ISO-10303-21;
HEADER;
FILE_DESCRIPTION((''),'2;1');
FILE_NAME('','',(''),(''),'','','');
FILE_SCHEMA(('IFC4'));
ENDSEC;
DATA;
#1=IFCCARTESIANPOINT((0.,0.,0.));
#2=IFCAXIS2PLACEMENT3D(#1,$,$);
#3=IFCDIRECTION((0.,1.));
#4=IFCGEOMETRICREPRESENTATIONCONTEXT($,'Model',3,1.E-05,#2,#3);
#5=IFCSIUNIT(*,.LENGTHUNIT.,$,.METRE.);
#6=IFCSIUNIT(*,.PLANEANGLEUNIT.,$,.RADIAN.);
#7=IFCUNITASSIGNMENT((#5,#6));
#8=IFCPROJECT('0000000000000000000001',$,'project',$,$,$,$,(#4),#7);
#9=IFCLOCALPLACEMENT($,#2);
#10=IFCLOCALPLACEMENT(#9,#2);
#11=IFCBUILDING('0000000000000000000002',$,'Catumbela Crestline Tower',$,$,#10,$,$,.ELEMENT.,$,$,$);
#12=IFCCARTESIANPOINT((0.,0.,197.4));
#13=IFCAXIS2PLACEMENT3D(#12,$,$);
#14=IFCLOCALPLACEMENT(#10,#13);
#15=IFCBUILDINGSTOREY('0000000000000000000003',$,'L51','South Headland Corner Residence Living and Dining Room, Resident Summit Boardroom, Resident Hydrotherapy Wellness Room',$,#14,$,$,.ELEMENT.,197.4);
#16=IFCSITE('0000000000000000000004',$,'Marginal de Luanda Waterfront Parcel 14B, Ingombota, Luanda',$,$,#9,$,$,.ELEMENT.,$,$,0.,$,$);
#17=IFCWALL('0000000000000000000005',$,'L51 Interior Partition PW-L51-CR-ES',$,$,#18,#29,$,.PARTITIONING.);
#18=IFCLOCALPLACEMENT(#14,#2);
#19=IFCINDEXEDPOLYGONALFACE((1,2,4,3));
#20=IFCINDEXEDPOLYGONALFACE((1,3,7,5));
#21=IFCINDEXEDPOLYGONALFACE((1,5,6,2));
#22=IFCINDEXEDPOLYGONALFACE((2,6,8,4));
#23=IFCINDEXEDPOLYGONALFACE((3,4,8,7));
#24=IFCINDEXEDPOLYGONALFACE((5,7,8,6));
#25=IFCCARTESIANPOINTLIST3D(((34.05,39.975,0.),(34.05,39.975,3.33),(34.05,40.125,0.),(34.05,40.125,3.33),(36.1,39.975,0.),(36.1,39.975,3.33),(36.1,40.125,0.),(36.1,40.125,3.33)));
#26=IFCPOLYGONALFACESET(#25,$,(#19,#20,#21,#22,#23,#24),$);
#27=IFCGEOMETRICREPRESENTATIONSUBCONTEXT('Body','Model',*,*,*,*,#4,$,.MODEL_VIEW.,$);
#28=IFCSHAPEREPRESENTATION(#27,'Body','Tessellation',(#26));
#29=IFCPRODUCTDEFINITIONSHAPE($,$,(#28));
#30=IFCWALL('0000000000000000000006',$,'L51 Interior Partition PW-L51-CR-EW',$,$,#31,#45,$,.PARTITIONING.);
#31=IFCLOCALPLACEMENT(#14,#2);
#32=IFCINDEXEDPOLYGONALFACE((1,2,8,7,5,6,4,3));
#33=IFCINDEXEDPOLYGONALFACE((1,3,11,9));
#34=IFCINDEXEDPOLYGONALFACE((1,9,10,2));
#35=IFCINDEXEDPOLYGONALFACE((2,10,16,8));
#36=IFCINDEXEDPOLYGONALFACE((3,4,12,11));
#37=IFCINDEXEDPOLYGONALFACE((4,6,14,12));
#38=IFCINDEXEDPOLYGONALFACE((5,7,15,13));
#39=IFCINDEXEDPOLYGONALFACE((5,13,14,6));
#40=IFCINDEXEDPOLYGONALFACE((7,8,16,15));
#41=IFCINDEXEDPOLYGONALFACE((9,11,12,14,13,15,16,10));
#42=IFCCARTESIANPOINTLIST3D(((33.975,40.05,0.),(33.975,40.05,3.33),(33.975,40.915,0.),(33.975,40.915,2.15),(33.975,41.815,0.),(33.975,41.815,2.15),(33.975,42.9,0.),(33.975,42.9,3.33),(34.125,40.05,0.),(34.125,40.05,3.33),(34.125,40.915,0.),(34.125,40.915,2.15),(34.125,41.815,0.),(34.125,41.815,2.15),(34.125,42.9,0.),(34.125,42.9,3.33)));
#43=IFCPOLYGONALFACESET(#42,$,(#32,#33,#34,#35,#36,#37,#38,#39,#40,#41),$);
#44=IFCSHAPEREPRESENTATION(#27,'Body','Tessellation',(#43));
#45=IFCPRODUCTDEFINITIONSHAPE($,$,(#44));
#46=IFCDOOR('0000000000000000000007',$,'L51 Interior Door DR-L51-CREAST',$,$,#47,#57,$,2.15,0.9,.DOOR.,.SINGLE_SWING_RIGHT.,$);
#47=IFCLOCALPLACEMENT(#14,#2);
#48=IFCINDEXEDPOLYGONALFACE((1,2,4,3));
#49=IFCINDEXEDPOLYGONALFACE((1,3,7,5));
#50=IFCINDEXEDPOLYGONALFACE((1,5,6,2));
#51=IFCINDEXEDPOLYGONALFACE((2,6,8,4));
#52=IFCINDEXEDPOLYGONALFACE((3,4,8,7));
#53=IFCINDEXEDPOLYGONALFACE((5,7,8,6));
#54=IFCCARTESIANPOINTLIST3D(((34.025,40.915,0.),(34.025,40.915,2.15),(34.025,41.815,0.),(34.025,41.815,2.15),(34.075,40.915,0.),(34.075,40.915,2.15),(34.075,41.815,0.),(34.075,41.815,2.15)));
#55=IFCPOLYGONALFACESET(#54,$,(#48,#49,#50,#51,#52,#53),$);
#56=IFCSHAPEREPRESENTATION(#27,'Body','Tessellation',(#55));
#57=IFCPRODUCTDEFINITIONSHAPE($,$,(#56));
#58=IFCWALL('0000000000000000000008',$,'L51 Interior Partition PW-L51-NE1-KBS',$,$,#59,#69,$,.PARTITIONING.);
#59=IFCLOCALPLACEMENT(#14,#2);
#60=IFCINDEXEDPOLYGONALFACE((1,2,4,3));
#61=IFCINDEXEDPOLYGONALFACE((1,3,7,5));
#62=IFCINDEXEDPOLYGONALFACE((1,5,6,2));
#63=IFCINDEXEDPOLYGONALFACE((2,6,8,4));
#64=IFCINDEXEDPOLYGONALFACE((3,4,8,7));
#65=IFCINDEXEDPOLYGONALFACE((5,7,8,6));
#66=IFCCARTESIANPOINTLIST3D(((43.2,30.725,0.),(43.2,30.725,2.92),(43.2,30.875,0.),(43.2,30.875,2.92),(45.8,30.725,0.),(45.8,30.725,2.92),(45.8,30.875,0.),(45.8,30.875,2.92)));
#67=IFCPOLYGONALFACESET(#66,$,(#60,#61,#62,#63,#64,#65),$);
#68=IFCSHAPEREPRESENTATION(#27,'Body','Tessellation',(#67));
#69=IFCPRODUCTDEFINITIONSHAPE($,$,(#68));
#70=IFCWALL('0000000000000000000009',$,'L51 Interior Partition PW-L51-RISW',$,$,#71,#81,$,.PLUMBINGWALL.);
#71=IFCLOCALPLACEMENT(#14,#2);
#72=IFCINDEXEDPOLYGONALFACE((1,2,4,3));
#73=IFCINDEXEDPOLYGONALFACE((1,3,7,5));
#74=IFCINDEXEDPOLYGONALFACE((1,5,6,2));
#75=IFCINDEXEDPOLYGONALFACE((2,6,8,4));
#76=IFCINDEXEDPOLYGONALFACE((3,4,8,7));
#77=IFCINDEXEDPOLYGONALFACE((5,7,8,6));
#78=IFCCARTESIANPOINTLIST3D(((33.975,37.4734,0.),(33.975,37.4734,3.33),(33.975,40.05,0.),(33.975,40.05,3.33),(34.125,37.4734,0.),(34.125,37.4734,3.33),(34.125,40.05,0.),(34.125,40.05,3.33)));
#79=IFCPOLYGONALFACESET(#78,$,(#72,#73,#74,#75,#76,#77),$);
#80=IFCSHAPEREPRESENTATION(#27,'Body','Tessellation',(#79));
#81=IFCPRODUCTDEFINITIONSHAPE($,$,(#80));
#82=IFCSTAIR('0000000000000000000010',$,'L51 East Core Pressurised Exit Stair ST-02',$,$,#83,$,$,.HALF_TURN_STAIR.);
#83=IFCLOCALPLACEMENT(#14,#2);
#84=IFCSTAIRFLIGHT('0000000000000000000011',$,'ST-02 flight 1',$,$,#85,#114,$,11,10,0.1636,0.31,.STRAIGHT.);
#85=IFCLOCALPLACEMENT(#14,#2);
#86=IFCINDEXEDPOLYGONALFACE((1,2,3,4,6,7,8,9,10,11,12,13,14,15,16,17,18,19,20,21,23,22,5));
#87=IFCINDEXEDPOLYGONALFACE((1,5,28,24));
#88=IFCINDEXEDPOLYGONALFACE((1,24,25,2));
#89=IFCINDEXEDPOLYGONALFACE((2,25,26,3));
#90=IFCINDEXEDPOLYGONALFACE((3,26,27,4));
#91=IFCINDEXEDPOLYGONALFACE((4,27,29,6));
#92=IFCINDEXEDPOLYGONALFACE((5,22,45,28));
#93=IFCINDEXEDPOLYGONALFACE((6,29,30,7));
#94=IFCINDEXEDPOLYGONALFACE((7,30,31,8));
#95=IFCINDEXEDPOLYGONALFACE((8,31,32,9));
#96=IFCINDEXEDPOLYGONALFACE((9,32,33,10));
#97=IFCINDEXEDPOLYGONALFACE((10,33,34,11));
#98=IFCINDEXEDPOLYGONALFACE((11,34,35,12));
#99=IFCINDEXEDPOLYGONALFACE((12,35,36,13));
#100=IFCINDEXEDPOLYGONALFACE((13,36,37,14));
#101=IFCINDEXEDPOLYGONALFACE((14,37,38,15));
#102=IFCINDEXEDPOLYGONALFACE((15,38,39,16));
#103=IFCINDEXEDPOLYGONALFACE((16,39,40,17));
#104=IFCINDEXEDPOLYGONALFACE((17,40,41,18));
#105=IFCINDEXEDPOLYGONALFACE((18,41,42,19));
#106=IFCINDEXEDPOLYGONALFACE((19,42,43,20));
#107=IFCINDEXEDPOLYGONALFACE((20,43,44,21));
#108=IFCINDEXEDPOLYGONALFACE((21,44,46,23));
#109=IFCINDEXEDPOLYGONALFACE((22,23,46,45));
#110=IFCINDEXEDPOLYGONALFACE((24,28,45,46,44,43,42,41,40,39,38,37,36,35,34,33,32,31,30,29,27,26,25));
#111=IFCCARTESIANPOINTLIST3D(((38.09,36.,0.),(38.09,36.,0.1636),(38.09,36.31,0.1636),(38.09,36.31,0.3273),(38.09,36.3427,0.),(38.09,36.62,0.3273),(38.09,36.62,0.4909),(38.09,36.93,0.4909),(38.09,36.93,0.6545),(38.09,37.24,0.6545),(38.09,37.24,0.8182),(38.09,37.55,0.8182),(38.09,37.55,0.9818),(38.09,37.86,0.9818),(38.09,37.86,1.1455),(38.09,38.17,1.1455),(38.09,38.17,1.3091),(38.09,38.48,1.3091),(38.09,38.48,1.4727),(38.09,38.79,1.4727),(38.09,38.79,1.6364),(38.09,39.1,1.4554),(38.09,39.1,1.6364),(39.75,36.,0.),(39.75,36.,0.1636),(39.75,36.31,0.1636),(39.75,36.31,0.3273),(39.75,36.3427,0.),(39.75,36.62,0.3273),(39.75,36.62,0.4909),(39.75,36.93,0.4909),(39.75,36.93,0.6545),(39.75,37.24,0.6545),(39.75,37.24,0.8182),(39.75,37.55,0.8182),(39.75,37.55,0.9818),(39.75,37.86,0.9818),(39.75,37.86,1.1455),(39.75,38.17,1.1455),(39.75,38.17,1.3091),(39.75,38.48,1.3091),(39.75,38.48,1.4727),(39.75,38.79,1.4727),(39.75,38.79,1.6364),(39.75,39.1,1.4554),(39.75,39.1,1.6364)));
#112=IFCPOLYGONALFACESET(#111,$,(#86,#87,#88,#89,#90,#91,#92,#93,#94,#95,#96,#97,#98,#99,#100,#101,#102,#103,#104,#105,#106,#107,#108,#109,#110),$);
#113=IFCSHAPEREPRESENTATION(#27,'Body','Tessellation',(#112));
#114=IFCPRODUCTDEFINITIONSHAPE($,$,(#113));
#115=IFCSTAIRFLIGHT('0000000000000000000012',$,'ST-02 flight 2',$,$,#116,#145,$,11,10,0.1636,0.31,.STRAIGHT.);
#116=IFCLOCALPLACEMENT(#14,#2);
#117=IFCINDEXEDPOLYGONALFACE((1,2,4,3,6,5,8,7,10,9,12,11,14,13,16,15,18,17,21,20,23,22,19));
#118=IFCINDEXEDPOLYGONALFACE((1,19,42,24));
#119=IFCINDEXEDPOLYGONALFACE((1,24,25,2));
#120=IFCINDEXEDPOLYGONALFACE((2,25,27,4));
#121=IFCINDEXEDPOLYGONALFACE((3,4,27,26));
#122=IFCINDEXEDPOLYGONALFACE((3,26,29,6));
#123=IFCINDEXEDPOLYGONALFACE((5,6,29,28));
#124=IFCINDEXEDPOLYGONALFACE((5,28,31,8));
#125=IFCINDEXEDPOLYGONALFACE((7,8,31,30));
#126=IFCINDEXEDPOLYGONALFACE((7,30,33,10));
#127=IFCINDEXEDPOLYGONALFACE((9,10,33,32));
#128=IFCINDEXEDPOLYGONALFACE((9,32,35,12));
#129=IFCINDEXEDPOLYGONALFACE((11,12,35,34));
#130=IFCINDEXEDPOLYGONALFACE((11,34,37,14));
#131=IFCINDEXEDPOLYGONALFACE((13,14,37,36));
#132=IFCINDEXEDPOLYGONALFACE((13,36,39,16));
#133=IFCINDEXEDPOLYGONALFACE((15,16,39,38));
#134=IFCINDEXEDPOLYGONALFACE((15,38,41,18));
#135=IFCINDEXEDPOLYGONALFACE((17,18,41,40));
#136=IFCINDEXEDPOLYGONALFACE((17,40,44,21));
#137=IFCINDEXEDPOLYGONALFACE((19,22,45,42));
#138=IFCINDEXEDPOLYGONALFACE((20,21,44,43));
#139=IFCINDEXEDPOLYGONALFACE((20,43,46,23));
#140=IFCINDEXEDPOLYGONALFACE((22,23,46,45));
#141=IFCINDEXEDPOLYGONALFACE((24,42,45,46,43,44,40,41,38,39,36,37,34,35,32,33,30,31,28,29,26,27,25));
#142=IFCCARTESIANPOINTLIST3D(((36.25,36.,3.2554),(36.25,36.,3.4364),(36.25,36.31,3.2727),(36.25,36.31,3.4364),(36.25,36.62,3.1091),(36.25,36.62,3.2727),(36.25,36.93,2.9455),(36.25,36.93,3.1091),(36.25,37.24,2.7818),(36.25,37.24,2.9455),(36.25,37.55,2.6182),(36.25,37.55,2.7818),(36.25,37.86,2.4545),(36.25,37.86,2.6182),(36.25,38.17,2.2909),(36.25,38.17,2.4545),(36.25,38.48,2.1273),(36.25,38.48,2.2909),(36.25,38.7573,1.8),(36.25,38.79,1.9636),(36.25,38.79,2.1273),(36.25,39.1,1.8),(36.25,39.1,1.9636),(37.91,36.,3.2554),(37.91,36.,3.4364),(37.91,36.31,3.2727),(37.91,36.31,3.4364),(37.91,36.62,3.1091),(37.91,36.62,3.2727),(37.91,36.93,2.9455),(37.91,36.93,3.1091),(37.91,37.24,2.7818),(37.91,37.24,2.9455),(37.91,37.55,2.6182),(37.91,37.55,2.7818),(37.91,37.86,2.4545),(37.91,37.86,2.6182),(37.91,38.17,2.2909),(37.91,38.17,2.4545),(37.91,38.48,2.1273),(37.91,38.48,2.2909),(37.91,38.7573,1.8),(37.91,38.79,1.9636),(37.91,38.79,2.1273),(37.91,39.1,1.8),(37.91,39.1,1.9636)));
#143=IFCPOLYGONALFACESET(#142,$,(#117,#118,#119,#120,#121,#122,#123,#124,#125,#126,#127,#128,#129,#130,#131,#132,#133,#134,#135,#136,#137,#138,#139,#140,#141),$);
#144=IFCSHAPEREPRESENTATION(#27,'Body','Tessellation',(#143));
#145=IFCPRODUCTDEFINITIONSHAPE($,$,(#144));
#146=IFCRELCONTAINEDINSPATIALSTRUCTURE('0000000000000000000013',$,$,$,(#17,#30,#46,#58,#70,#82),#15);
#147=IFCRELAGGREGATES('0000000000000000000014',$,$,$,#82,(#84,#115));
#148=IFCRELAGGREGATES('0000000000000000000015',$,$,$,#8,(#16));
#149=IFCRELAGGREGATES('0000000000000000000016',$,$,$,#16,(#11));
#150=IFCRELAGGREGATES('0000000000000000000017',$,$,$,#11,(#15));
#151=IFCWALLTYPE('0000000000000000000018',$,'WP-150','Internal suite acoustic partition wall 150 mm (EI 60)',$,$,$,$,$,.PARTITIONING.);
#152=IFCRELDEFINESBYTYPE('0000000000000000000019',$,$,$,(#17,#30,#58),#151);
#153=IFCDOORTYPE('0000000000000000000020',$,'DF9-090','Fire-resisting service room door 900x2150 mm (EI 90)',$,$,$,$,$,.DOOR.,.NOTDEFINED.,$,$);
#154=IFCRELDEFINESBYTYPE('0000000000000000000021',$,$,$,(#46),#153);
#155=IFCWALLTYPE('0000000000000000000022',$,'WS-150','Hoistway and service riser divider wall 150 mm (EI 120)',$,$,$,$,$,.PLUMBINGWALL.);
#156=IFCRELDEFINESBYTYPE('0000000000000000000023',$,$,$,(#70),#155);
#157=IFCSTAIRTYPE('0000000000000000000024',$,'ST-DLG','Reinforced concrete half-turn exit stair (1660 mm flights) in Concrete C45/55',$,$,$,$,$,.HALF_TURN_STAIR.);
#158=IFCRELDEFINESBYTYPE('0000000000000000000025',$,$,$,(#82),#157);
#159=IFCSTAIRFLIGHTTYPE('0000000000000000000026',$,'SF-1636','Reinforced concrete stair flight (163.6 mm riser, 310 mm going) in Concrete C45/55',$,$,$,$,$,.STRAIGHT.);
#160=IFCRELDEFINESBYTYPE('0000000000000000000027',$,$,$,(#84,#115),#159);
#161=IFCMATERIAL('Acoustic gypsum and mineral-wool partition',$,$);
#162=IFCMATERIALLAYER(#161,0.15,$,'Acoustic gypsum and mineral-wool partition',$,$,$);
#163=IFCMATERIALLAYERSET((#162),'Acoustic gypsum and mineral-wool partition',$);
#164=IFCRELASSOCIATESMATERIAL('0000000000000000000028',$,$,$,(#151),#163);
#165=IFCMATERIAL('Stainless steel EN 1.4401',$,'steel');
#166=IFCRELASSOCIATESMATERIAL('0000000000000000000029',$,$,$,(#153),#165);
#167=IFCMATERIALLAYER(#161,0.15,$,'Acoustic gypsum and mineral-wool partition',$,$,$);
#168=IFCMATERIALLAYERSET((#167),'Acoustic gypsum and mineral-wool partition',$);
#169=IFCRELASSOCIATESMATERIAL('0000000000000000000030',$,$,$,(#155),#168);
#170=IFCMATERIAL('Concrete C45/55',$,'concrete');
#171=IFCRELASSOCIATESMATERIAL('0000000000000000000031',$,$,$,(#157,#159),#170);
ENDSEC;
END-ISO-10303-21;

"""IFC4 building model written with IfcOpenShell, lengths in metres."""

from ifc_helpers import new_model, si_unit, direction, frame, frame_2d, origin, place, context, subcontext, project, spatial, polyline, rectangle, outline, extrude, material, layer, layer_set, type_object, element, fill, aggregate, save


model = new_model("IFC4")

# Units and contexts
model_context = context("Model", 3, precision=1e-05, world=origin(), true_north=direction((0.0, 1.0)))
body_context = subcontext(model_context, "Body", "Model", "MODEL_VIEW")
ifc_project = project(units=[si_unit("LENGTHUNIT", "METRE"), si_unit("PLANEANGLEUNIT", "RADIAN")], contexts=[model_context])

# Site, building, storey
site_placement = place(None, origin())
site = spatial("IfcSite", under=ifc_project, at=site_placement, Name="Marginal de Luanda Waterfront Parcel 14B, Ingombota, Luanda", CompositionType="ELEMENT", RefElevation=0.0)
building_placement = place(site_placement, origin())
building = spatial("IfcBuilding", under=site, at=building_placement, Name="Catumbela Crestline Tower", CompositionType="ELEMENT")
storey_placement = place(building_placement, frame((0.0, 0.0, 197.4)))
storey = spatial("IfcBuildingStorey", under=building, at=storey_placement, Name="L51", Description="South Headland Corner Residence Living and Dining Room, Resident Summit Boardroom, Resident Hydrotherapy Wellness Room", CompositionType="ELEMENT", Elevation=197.4)

# Shared definitions
ifc_material_1 = material(Name="Acoustic gypsum and mineral-wool partition")

# Wall
ifc_layer_1 = layer(ifc_material_1, 0.15, Name="Acoustic gypsum and mineral-wool partition")
ifc_layer_set_1 = layer_set([ifc_layer_1], Name="Acoustic gypsum and mineral-wool partition")
wall_type_1 = type_object("IfcWallType", Name="WP-150", Description="Internal suite acoustic partition wall 150 mm (EI 60)", PredefinedType="PARTITIONING", material=ifc_layer_set_1)
wall_1_placement = place(storey_placement, frame((34.05, 40.05, 0.0), z_axis=(0.0, 0.0, 1.0), x_axis=(1.0, 0.0, 0.0)))
element("IfcWall", 1, at=wall_1_placement, inside=storey, type_object=wall_type_1, Name="L51 Interior Partition PW-L51-CR-ES", PredefinedType="PARTITIONING", context=body_context, shape_type="SweptSolid", body=[
    extrude(rectangle(XDim=2.05, YDim=0.15, at=frame_2d((1.025, 0.0))), origin(), (0.0, 0.0, 1.0), 3.33),
])

# Wall, opening, door
wall_2_placement = place(storey_placement, frame((34.05, 40.05, 0.0), z_axis=(0.0, 0.0, 1.0), x_axis=(0.0, 1.0, 0.0)))
wall_2 = element("IfcWall", 2, at=wall_2_placement, inside=storey, type_object=wall_type_1, Name="L51 Interior Partition PW-L51-CR-EW", PredefinedType="PARTITIONING", context=body_context, shape_type="SweptSolid", body=[
    extrude(rectangle(XDim=2.85, YDim=0.15, at=frame_2d((1.425, 0.0))), origin(), (0.0, 0.0, 1.0), 3.33),
])
opening_1_placement = place(wall_2_placement, frame((0.865, 0.0, 0.0)))
opening_1 = element("IfcOpeningElement", 3, at=opening_1_placement, cuts=wall_2, PredefinedType="OPENING", context=body_context, shape_type="SweptSolid", body=[
    extrude(rectangle(XDim=0.9, YDim=2.15, at=frame_2d((0.45, 1.075))), frame((0.0, 0.085, 0.0), z_axis=(0.0, -1.0, 0.0), x_axis=(1.0, 0.0, 0.0)), (0.0, 0.0, 1.0), 0.17),
])
ifc_material_2 = material(Name="Stainless steel EN 1.4401", Category="steel")
door_type_1 = type_object("IfcDoorType", Name="DF9-090", Description="Fire-resisting service room door 900x2150 mm (EI 90)", OperationType="NOTDEFINED", PredefinedType="DOOR", material=ifc_material_2)
door_1_placement = place(opening_1_placement, origin())
door_1 = element("IfcDoor", 4, at=door_1_placement, inside=storey, type_object=door_type_1, Name="L51 Interior Door DR-L51-CREAST", OperationType="SINGLE_SWING_RIGHT", OverallHeight=2.15, OverallWidth=0.9, PredefinedType="DOOR", context=body_context, shape_type="SweptSolid", body=[
    extrude(rectangle(XDim=0.9, YDim=2.15, at=frame_2d((0.45, 1.075))), frame((0.0, 0.025, 0.0), z_axis=(0.0, -1.0, 0.0), x_axis=(1.0, 0.0, 0.0)), (0.0, 0.0, 1.0), 0.05),
])
fill(opening_1, door_1)

# Walls
wall_3_placement = place(storey_placement, frame((43.2, 30.8, 0.0), z_axis=(0.0, 0.0, 1.0), x_axis=(1.0, 0.0, 0.0)))
element("IfcWall", 5, at=wall_3_placement, inside=storey, type_object=wall_type_1, Name="L51 Interior Partition PW-L51-NE1-KBS", PredefinedType="PARTITIONING", context=body_context, shape_type="SweptSolid", body=[
    extrude(rectangle(XDim=2.6, YDim=0.15, at=frame_2d((1.3, 0.0))), origin(), (0.0, 0.0, 1.0), 2.92),
])
ifc_layer_2 = layer(ifc_material_1, 0.15, Name="Acoustic gypsum and mineral-wool partition")
ifc_layer_set_2 = layer_set([ifc_layer_2], Name="Acoustic gypsum and mineral-wool partition")
wall_type_2 = type_object("IfcWallType", Name="WS-150", Description="Hoistway and service riser divider wall 150 mm (EI 120)", PredefinedType="PLUMBINGWALL", material=ifc_layer_set_2)
wall_4_placement = place(storey_placement, frame((34.05, 37.4734, 0.0), z_axis=(0.0, 0.0, 1.0), x_axis=(0.0, 1.0, 0.0)))
element("IfcWall", 6, at=wall_4_placement, inside=storey, type_object=wall_type_2, Name="L51 Interior Partition PW-L51-RISW", PredefinedType="PLUMBINGWALL", context=body_context, shape_type="SweptSolid", body=[
    extrude(rectangle(XDim=2.5766, YDim=0.15, at=frame_2d((1.2883, 0.0))), origin(), (0.0, 0.0, 1.0), 3.33),
])

# Stair, stair flights
ifc_material_3 = material(Name="Concrete C45/55", Category="concrete")
stair_type = type_object("IfcStairType", Name="ST-DLG", Description="Reinforced concrete half-turn exit stair (1660 mm flights) in Concrete C45/55", PredefinedType="HALF_TURN_STAIR", material=ifc_material_3)
stair_placement = place(storey_placement, origin())
stair = element("IfcStair", 7, at=stair_placement, inside=storey, type_object=stair_type, Name="L51 East Core Pressurised Exit Stair ST-02", PredefinedType="HALF_TURN_STAIR")
stair_flight_type = type_object("IfcStairFlightType", Name="SF-1636", Description="Reinforced concrete stair flight (163.6 mm riser, 310 mm going) in Concrete C45/55", PredefinedType="STRAIGHT", material=ifc_material_3)
stair_flight_1_placement = place(storey_placement, frame((38.92, 36.0, 0.0), z_axis=(0.0, 0.0, 1.0), x_axis=(0.0, 1.0, 0.0)))
stair_flight_1 = element("IfcStairFlight", 8, at=stair_flight_1_placement, type_object=stair_flight_type, Name="ST-02 flight 1", NumberOfRisers=11, NumberOfTreads=10, PredefinedType="STRAIGHT", RiserHeight=0.1636, TreadLength=0.31, context=body_context, shape_type="SweptSolid", body=[
    extrude(outline(polyline([(0.0, 0.0), (0.0, 0.1636), (0.31, 0.1636), (0.31, 0.3273), (0.62, 0.3273), (0.62, 0.4909), (0.93, 0.4909), (0.93, 0.6545), (1.24, 0.6545), (1.24, 0.8182), (1.55, 0.8182), (1.55, 0.9818), (1.86, 0.9818), (1.86, 1.1455), (2.17, 1.1455), (2.17, 1.3091), (2.48, 1.3091), (2.48, 1.4727), (2.79, 1.4727), (2.79, 1.6364), (3.1, 1.6364), (3.1, 1.8), (3.1, 1.4554), (0.3427, 0.0), (0.0, 0.0)])), frame((0.0, 0.83, 0.0), z_axis=(0.0, -1.0, 0.0), x_axis=(1.0, 0.0, 0.0)), (0.0, 0.0, 1.0), 1.66),
])
stair_flight_2_placement = place(storey_placement, frame((37.08, 39.1, 1.8), z_axis=(0.0, 0.0, 1.0), x_axis=(0.0, -1.0, 0.0)))
stair_flight_2 = element("IfcStairFlight", 9, at=stair_flight_2_placement, type_object=stair_flight_type, Name="ST-02 flight 2", NumberOfRisers=11, NumberOfTreads=10, PredefinedType="STRAIGHT", RiserHeight=0.1636, TreadLength=0.31, context=body_context, shape_type="SweptSolid", body=[
    extrude(outline(polyline([(0.0, 0.0), (0.0, 0.1636), (0.31, 0.1636), (0.31, 0.3273), (0.62, 0.3273), (0.62, 0.4909), (0.93, 0.4909), (0.93, 0.6545), (1.24, 0.6545), (1.24, 0.8182), (1.55, 0.8182), (1.55, 0.9818), (1.86, 0.9818), (1.86, 1.1455), (2.17, 1.1455), (2.17, 1.3091), (2.48, 1.3091), (2.48, 1.4727), (2.79, 1.4727), (2.79, 1.6364), (3.1, 1.6364), (3.1, 1.8), (3.1, 1.4554), (0.3427, 0.0), (0.0, 0.0)])), frame((0.0, 0.83, 0.0), z_axis=(0.0, -1.0, 0.0), x_axis=(1.0, 0.0, 0.0)), (0.0, 0.0, 1.0), 1.66),
])
aggregate(stair, [stair_flight_1, stair_flight_2])

save(model, "model.ifc")
